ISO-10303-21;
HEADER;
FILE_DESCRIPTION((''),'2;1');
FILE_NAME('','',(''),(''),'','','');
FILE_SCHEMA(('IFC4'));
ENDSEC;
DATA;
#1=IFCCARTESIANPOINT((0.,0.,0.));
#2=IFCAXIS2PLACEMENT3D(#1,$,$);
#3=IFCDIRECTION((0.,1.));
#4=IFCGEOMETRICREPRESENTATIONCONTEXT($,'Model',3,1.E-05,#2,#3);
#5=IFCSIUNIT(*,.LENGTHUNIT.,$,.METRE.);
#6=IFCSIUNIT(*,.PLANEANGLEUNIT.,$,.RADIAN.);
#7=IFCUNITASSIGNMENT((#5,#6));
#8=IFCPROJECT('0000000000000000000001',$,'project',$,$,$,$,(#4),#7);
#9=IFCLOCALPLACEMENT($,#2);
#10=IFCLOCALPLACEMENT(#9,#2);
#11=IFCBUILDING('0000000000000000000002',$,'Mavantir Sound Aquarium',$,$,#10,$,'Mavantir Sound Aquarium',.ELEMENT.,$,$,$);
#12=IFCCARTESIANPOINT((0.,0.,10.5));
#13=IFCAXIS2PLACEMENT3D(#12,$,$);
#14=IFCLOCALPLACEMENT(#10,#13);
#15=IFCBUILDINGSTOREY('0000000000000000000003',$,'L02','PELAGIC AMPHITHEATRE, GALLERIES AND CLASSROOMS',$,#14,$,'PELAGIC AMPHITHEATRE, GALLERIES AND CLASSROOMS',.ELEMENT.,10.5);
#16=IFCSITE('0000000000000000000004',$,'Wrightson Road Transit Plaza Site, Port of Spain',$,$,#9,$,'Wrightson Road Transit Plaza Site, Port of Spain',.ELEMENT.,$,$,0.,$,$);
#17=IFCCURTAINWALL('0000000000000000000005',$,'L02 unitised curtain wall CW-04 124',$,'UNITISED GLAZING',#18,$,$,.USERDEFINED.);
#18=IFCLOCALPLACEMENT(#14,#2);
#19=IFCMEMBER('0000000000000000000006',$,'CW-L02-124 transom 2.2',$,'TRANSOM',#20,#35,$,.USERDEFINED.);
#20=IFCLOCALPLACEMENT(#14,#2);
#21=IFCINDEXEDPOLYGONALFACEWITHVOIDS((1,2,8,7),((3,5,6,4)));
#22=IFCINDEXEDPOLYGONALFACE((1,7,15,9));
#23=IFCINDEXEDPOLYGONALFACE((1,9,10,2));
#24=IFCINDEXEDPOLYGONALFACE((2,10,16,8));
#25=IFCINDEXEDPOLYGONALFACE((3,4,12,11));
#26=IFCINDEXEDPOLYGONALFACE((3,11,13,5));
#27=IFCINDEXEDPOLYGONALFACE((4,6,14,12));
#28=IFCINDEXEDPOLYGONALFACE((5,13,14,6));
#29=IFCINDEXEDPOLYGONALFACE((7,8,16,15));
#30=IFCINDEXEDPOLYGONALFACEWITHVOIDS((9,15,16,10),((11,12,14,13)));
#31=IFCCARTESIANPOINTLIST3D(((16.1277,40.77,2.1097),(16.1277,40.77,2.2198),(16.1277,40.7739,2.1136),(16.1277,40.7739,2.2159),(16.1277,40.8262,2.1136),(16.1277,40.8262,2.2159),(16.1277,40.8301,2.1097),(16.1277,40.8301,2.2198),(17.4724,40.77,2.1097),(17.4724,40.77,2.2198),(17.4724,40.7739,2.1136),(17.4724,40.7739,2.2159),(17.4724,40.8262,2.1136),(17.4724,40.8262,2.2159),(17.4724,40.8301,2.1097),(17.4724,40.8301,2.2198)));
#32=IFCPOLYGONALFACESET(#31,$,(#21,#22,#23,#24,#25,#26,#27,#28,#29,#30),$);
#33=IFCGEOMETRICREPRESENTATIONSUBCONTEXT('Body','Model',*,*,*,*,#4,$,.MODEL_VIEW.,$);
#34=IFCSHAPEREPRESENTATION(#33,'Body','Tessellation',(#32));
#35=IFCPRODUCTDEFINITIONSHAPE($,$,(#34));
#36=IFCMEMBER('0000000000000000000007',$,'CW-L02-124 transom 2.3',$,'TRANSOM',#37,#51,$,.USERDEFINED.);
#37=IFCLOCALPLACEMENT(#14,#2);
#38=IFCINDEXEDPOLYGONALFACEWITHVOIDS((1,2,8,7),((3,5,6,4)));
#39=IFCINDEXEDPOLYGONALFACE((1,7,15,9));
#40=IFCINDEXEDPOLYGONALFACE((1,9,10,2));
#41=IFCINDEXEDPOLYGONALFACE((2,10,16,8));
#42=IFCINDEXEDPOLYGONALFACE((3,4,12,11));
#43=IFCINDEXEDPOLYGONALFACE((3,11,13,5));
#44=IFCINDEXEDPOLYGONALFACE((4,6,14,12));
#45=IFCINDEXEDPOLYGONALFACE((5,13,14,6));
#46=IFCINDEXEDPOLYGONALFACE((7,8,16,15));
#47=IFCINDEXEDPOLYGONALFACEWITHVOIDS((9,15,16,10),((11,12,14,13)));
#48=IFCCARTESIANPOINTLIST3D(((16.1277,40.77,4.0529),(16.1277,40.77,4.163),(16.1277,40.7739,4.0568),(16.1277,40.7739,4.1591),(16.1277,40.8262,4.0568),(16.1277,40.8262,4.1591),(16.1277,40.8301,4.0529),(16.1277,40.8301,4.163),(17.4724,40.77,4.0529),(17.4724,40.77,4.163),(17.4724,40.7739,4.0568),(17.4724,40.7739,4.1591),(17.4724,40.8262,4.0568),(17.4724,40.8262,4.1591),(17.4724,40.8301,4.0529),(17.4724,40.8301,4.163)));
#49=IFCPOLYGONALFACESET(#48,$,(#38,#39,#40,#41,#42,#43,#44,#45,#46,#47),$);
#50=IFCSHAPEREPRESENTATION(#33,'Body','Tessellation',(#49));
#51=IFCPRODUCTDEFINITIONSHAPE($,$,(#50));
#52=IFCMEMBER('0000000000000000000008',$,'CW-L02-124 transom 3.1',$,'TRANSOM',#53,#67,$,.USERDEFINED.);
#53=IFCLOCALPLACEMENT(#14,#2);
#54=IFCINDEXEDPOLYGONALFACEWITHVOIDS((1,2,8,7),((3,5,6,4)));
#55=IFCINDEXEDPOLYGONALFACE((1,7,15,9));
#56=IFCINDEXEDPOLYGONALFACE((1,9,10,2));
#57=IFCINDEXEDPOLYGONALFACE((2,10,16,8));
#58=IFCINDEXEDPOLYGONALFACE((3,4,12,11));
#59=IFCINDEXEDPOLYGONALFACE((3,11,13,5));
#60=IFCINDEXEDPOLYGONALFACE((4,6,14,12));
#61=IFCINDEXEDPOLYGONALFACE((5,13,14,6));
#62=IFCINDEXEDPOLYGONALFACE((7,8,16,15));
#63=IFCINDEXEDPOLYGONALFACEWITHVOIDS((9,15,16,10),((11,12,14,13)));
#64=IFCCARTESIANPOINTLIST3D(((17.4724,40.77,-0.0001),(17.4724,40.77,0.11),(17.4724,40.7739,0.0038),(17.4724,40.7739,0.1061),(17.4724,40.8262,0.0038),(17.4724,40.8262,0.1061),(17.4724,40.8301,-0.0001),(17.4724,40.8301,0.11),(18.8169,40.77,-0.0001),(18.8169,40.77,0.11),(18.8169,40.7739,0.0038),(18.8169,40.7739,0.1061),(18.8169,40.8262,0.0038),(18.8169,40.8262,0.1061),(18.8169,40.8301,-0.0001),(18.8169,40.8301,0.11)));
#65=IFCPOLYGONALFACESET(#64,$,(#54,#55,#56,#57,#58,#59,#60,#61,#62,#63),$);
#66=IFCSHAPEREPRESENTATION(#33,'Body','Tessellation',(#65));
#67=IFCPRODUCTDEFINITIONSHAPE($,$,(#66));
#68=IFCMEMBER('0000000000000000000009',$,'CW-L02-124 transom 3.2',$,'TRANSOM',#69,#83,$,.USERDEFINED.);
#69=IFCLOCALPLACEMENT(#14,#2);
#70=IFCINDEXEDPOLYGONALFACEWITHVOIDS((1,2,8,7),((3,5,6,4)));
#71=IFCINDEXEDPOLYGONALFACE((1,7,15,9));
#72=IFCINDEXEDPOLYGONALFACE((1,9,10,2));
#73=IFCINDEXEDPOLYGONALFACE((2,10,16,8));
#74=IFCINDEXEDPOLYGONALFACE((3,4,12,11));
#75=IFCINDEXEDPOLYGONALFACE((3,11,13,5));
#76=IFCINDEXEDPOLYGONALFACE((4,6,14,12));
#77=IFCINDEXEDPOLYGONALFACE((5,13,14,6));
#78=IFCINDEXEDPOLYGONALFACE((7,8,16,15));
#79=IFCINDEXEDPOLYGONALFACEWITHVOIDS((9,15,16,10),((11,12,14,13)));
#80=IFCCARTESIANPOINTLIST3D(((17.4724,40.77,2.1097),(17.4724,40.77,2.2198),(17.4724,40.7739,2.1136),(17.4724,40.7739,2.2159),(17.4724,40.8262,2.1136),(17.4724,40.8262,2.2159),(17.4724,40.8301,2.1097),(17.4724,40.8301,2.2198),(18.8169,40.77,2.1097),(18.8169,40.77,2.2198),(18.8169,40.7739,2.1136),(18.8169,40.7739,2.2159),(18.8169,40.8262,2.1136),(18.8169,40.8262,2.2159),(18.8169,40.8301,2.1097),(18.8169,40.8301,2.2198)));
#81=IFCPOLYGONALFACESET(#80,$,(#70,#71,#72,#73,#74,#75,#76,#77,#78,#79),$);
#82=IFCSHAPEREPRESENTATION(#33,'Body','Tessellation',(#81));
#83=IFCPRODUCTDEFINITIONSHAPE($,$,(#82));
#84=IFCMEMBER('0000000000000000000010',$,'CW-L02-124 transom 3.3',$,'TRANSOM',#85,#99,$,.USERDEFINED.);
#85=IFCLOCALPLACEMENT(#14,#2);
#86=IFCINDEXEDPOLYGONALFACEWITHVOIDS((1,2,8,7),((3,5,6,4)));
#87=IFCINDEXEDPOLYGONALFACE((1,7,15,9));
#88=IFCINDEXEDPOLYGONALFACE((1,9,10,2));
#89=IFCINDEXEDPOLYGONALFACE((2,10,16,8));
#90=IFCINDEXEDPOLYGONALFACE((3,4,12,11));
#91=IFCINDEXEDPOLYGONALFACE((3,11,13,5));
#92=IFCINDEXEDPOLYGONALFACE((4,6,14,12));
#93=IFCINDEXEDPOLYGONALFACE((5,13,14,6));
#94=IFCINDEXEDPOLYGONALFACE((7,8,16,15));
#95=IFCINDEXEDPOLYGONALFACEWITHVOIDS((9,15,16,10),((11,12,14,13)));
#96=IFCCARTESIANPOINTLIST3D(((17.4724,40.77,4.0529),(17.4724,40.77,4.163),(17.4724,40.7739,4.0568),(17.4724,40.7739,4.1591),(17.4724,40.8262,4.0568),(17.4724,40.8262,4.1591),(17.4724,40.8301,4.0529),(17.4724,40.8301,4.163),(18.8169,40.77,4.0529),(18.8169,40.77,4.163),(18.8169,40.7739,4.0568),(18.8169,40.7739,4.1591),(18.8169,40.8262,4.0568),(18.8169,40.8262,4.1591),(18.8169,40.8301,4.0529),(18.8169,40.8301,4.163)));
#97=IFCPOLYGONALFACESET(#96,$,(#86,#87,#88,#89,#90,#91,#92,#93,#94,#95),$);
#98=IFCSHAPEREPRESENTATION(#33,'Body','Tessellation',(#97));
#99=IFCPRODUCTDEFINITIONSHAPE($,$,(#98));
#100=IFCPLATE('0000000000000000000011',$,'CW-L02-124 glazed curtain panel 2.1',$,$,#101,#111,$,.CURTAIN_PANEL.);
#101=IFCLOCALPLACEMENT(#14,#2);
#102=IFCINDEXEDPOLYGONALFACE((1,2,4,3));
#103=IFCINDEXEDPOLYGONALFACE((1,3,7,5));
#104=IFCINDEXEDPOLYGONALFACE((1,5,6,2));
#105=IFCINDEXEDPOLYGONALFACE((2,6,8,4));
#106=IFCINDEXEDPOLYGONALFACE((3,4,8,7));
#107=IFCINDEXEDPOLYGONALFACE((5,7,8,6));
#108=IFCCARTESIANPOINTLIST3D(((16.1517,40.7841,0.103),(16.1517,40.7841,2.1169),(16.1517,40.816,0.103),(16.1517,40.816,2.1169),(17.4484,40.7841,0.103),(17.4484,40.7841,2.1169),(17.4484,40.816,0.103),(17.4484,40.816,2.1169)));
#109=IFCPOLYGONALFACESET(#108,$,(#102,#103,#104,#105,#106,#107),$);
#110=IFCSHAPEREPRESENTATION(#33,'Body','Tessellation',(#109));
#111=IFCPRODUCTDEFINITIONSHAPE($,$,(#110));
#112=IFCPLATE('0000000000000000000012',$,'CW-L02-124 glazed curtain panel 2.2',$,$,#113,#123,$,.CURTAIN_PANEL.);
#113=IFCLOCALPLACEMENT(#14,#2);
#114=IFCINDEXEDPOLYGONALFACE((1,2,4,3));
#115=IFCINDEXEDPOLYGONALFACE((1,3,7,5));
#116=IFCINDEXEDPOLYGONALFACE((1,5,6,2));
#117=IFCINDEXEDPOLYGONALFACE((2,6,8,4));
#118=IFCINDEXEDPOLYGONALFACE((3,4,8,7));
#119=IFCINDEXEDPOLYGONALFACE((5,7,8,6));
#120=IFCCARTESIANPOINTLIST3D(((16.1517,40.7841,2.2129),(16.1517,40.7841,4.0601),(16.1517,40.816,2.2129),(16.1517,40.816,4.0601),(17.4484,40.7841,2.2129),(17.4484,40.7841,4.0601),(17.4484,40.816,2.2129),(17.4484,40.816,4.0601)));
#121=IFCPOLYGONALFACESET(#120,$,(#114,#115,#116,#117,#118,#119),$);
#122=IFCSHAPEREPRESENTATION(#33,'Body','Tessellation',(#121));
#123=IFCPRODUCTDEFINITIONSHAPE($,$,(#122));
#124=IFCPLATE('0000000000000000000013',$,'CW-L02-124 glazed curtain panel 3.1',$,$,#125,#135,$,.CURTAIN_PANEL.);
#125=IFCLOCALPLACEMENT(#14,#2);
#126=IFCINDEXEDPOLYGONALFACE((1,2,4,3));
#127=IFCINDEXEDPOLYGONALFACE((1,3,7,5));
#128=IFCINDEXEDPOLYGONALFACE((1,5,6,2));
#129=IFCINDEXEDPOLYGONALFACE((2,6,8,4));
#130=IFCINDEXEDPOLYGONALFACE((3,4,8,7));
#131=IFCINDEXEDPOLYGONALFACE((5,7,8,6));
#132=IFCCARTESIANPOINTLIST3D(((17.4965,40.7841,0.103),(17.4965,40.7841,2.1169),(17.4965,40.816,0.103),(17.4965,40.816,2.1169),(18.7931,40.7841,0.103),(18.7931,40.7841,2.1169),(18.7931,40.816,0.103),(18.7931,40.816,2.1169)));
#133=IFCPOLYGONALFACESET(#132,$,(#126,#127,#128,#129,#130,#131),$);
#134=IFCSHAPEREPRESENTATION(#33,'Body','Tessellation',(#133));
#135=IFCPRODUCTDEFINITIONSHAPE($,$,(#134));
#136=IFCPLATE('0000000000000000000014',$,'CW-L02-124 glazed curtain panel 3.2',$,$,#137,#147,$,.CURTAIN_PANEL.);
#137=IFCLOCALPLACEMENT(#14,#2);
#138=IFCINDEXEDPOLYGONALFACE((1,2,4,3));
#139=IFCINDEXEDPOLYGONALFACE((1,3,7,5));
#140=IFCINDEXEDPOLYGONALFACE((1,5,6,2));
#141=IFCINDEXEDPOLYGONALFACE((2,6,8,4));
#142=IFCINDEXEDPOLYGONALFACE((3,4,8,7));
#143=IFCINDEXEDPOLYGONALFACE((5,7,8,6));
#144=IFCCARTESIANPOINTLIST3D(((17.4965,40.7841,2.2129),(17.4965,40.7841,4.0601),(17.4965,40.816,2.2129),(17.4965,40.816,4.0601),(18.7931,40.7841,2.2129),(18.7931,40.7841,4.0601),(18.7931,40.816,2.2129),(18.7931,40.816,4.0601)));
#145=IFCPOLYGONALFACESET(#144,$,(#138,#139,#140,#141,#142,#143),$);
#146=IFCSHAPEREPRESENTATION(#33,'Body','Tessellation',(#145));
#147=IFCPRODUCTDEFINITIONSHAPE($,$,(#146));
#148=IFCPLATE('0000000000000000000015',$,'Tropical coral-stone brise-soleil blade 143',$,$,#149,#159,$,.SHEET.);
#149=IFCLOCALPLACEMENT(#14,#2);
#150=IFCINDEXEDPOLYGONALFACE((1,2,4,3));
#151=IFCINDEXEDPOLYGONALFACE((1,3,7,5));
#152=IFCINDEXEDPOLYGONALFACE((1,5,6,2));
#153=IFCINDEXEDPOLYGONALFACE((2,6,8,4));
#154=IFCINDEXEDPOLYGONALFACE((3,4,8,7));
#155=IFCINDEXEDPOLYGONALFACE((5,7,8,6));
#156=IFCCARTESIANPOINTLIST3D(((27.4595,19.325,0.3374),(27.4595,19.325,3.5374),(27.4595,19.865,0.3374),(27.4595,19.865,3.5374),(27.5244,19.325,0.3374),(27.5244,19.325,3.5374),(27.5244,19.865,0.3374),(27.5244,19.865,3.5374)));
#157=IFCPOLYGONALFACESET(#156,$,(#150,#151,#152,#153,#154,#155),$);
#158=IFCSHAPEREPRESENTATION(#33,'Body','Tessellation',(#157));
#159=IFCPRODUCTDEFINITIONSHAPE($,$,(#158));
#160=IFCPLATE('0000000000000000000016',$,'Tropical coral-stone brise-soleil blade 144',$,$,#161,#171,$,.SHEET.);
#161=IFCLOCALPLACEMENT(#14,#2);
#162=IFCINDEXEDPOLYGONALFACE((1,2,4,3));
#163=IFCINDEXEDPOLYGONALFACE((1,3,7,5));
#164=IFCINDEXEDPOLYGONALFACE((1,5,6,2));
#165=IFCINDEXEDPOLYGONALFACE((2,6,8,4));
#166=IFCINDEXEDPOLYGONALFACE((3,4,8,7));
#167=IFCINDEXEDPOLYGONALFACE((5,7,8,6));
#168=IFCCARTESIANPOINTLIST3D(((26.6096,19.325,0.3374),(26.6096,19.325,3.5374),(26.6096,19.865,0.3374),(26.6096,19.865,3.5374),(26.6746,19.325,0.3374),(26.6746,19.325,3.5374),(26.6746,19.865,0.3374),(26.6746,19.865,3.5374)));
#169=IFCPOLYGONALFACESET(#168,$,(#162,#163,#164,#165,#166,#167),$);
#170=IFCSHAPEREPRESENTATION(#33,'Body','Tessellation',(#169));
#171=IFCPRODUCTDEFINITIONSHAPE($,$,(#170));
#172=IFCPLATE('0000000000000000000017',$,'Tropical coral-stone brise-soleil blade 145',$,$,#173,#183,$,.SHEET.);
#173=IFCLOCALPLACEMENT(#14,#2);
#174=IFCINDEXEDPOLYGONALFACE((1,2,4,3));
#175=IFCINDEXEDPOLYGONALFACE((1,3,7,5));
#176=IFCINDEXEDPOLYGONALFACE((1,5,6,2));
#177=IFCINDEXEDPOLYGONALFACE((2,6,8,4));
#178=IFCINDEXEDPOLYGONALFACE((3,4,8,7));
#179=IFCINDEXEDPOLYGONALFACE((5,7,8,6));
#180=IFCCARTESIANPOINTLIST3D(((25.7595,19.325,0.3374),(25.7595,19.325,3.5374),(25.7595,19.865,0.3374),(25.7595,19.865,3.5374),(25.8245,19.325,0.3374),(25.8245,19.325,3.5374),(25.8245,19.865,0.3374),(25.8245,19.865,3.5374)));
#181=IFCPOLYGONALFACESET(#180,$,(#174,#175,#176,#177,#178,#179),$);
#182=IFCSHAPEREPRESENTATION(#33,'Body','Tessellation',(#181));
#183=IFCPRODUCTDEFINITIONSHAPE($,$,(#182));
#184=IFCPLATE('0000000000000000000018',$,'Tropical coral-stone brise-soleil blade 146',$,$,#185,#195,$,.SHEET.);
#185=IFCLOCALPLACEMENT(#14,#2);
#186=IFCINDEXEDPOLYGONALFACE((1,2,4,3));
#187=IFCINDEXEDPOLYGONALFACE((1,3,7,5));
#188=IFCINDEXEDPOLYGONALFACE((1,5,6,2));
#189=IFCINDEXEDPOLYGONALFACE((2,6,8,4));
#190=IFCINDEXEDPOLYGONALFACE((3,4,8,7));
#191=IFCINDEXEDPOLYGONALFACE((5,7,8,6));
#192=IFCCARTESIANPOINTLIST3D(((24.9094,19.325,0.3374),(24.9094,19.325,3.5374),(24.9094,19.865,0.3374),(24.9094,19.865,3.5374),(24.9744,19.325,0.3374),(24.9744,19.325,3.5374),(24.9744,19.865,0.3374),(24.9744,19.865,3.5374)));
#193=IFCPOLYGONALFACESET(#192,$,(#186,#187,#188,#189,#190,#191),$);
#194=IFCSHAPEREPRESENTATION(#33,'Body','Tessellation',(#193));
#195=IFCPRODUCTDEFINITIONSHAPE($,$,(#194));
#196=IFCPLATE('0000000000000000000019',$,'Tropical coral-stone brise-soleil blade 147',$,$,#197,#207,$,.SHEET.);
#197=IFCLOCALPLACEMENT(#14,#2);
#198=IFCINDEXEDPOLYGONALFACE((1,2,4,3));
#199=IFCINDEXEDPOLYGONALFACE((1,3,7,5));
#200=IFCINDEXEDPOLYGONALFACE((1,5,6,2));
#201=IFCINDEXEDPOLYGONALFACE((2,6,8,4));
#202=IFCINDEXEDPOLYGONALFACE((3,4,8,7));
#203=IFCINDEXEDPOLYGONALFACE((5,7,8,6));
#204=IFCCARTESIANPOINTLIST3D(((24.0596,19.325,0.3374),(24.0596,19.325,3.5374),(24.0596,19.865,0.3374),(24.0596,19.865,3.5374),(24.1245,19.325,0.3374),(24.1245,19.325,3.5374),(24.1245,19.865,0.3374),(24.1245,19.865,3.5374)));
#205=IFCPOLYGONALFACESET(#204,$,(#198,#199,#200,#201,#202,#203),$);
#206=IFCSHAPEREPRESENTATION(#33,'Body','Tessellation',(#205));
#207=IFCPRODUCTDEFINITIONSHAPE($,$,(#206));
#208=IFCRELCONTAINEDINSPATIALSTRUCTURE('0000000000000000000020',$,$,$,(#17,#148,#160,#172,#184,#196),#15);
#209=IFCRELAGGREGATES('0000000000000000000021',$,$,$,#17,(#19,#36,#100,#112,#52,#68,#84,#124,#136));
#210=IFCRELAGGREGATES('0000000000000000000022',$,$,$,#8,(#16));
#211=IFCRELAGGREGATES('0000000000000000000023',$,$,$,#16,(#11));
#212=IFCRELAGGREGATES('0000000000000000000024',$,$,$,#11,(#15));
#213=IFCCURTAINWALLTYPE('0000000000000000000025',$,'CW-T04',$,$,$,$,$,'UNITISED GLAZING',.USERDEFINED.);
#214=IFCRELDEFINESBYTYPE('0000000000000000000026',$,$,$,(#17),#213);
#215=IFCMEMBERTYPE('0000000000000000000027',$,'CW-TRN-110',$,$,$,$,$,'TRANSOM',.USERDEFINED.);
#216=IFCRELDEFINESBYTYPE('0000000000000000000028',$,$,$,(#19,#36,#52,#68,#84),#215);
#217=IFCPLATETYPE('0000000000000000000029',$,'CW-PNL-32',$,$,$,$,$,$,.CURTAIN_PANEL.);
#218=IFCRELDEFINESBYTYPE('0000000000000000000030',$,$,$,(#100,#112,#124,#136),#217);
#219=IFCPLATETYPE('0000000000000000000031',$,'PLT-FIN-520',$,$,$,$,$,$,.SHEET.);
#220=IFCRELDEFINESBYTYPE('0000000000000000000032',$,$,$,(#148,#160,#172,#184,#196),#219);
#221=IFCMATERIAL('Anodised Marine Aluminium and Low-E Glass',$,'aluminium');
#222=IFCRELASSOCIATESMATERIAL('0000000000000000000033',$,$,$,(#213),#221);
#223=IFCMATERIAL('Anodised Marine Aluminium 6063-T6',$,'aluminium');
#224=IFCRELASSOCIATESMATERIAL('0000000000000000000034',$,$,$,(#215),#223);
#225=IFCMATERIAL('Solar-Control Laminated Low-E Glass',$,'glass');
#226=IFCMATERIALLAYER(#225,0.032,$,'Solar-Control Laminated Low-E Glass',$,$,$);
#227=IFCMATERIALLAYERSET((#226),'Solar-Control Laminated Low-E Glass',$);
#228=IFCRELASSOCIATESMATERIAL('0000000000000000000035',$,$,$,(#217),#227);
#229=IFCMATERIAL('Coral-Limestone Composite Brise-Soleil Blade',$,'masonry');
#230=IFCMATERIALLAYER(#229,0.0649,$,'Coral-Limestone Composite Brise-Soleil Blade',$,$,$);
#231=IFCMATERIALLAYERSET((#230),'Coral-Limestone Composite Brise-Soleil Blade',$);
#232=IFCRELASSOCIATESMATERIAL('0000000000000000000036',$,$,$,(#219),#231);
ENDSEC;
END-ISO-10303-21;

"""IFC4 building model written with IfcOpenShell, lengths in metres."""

from ifc_helpers import new_model, si_unit, direction, frame, origin, origin_2d, place, context, subcontext, project, spatial, rectangle, hollow_rectangle, extrude, material, layer, layer_set, material_profile, profile_set, type_object, element, aggregate, save


model = new_model("IFC4")

# Units and contexts
model_context = context("Model", 3, precision=1e-05, world=origin(), true_north=direction((0.0, 1.0)))
body_context = subcontext(model_context, "Body", "Model", "MODEL_VIEW")
ifc_project = project(units=[si_unit("LENGTHUNIT", "METRE"), si_unit("PLANEANGLEUNIT", "RADIAN")], contexts=[model_context])

# Site, building, storey
site_placement = place(None, origin())
site = spatial("IfcSite", under=ifc_project, at=site_placement, Name="Wrightson Road Transit Plaza Site, Port of Spain", LongName="Wrightson Road Transit Plaza Site, Port of Spain", CompositionType="ELEMENT", RefElevation=0.0)
building_placement = place(site_placement, origin())
building = spatial("IfcBuilding", under=site, at=building_placement, Name="Mavantir Sound Aquarium", LongName="Mavantir Sound Aquarium", CompositionType="ELEMENT")
storey_placement = place(building_placement, frame((0.0, 0.0, 10.5)))
storey = spatial("IfcBuildingStorey", under=building, at=storey_placement, Name="L02", Description="PELAGIC AMPHITHEATRE, GALLERIES AND CLASSROOMS", LongName="PELAGIC AMPHITHEATRE, GALLERIES AND CLASSROOMS", CompositionType="ELEMENT", Elevation=10.5)

# Curtain wall, members, plates
ifc_material_1 = material(Name="Anodised Marine Aluminium and Low-E Glass", Category="aluminium")
curtain_wall_type = type_object("IfcCurtainWallType", Name="CW-T04", ElementType="UNITISED GLAZING", PredefinedType="USERDEFINED", material=ifc_material_1)
curtain_wall_placement = place(storey_placement, origin())
curtain_wall = element("IfcCurtainWall", 1, at=curtain_wall_placement, inside=storey, type_object=curtain_wall_type, Name="L02 unitised curtain wall CW-04 124", ObjectType="UNITISED GLAZING", PredefinedType="USERDEFINED")
ifc_material_2 = material(Name="Anodised Marine Aluminium 6063-T6", Category="aluminium")
ifc_material_profile_1 = material_profile(ifc_material_2, hollow_rectangle(XDim=0.0601, YDim=0.1101, WallThickness=0.0039, at=origin_2d()), Name="ALU-TRANSOM-110X60")
ifc_profile_set_1 = profile_set([ifc_material_profile_1], Name="Anodised Marine Aluminium 6063-T6")
member_type_1 = type_object("IfcMemberType", Name="CW-TRN-110", ElementType="TRANSOM", PredefinedType="USERDEFINED", material=ifc_profile_set_1)
member_1_placement = place(storey_placement, frame((16.1277, 40.8, 2.1648), z_axis=(1.0, 0.0, 0.0), x_axis=(0.0, 1.0, 0.0)))
member_1 = element("IfcMember", 2, at=member_1_placement, type_object=member_type_1, Name="CW-L02-124 transom 2.2", ObjectType="TRANSOM", PredefinedType="USERDEFINED", context=body_context, shape_type="SweptSolid", body=[
    extrude(hollow_rectangle(XDim=0.0601, YDim=0.1101, WallThickness=0.0039, at=origin_2d()), origin(), (0.0, 0.0, 1.0), 1.3447),
])
member_2_placement = place(storey_placement, frame((16.1277, 40.8, 4.1079), z_axis=(1.0, 0.0, 0.0), x_axis=(0.0, 1.0, 0.0)))
member_2 = element("IfcMember", 3, at=member_2_placement, type_object=member_type_1, Name="CW-L02-124 transom 2.3", ObjectType="TRANSOM", PredefinedType="USERDEFINED", context=body_context, shape_type="SweptSolid", body=[
    extrude(hollow_rectangle(XDim=0.0601, YDim=0.1101, WallThickness=0.0039, at=origin_2d()), origin(), (0.0, 0.0, 1.0), 1.3447),
])
member_3_placement = place(storey_placement, frame((17.4724, 40.8, 0.0549), z_axis=(1.0, 0.0, 0.0), x_axis=(0.0, 1.0, 0.0)))
member_3 = element("IfcMember", 4, at=member_3_placement, type_object=member_type_1, Name="CW-L02-124 transom 3.1", ObjectType="TRANSOM", PredefinedType="USERDEFINED", context=body_context, shape_type="SweptSolid", body=[
    extrude(hollow_rectangle(XDim=0.0601, YDim=0.1101, WallThickness=0.0039, at=origin_2d()), origin(), (0.0, 0.0, 1.0), 1.3445),
])
member_4_placement = place(storey_placement, frame((17.4724, 40.8, 2.1648), z_axis=(1.0, 0.0, 0.0), x_axis=(0.0, 1.0, 0.0)))
member_4 = element("IfcMember", 5, at=member_4_placement, type_object=member_type_1, Name="CW-L02-124 transom 3.2", ObjectType="TRANSOM", PredefinedType="USERDEFINED", context=body_context, shape_type="SweptSolid", body=[
    extrude(hollow_rectangle(XDim=0.0601, YDim=0.1101, WallThickness=0.0039, at=origin_2d()), origin(), (0.0, 0.0, 1.0), 1.3445),
])
member_5_placement = place(storey_placement, frame((17.4724, 40.8, 4.1079), z_axis=(1.0, 0.0, 0.0), x_axis=(0.0, 1.0, 0.0)))
member_5 = element("IfcMember", 6, at=member_5_placement, type_object=member_type_1, Name="CW-L02-124 transom 3.3", ObjectType="TRANSOM", PredefinedType="USERDEFINED", context=body_context, shape_type="SweptSolid", body=[
    extrude(hollow_rectangle(XDim=0.0601, YDim=0.1101, WallThickness=0.0039, at=origin_2d()), origin(), (0.0, 0.0, 1.0), 1.3445),
])
ifc_material_3 = material(Name="Solar-Control Laminated Low-E Glass", Category="glass")
ifc_layer_1 = layer(ifc_material_3, 0.032, Name="Solar-Control Laminated Low-E Glass")
ifc_layer_set_1 = layer_set([ifc_layer_1], Name="Solar-Control Laminated Low-E Glass")
plate_type_1 = type_object("IfcPlateType", Name="CW-PNL-32", PredefinedType="CURTAIN_PANEL", material=ifc_layer_set_1)
plate_1_placement = place(storey_placement, frame((16.8, 40.8, 0.103), z_axis=(0.0, 0.0, 1.0), x_axis=(1.0, 0.0, 0.0)))
plate_1 = element("IfcPlate", 7, at=plate_1_placement, type_object=plate_type_1, Name="CW-L02-124 glazed curtain panel 2.1", PredefinedType="CURTAIN_PANEL", context=body_context, shape_type="SweptSolid", body=[
    extrude(rectangle(XDim=1.2966, YDim=0.032, at=origin_2d()), origin(), (0.0, 0.0, 1.0), 2.0139),
])
plate_2_placement = place(storey_placement, frame((16.8, 40.8, 2.2129), z_axis=(0.0, 0.0, 1.0), x_axis=(1.0, 0.0, 0.0)))
plate_2 = element("IfcPlate", 8, at=plate_2_placement, type_object=plate_type_1, Name="CW-L02-124 glazed curtain panel 2.2", PredefinedType="CURTAIN_PANEL", context=body_context, shape_type="SweptSolid", body=[
    extrude(rectangle(XDim=1.2966, YDim=0.032, at=origin_2d()), origin(), (0.0, 0.0, 1.0), 1.8472),
])
plate_3_placement = place(storey_placement, frame((18.1448, 40.8, 0.103), z_axis=(0.0, 0.0, 1.0), x_axis=(1.0, 0.0, 0.0)))
plate_3 = element("IfcPlate", 9, at=plate_3_placement, type_object=plate_type_1, Name="CW-L02-124 glazed curtain panel 3.1", PredefinedType="CURTAIN_PANEL", context=body_context, shape_type="SweptSolid", body=[
    extrude(rectangle(XDim=1.2966, YDim=0.032, at=origin_2d()), origin(), (0.0, 0.0, 1.0), 2.0139),
])
plate_4_placement = place(storey_placement, frame((18.1448, 40.8, 2.2129), z_axis=(0.0, 0.0, 1.0), x_axis=(1.0, 0.0, 0.0)))
plate_4 = element("IfcPlate", 10, at=plate_4_placement, type_object=plate_type_1, Name="CW-L02-124 glazed curtain panel 3.2", PredefinedType="CURTAIN_PANEL", context=body_context, shape_type="SweptSolid", body=[
    extrude(rectangle(XDim=1.2966, YDim=0.032, at=origin_2d()), origin(), (0.0, 0.0, 1.0), 1.8472),
])
aggregate(curtain_wall, [member_1, member_2, plate_1, plate_2, member_3, member_4, member_5, plate_3, plate_4])

# Plates
ifc_material_4 = material(Name="Coral-Limestone Composite Brise-Soleil Blade", Category="masonry")
ifc_layer_2 = layer(ifc_material_4, 0.0649, Name="Coral-Limestone Composite Brise-Soleil Blade")
ifc_layer_set_2 = layer_set([ifc_layer_2], Name="Coral-Limestone Composite Brise-Soleil Blade")
plate_type_2 = type_object("IfcPlateType", Name="PLT-FIN-520", PredefinedType="SHEET", material=ifc_layer_set_2)
for number, where, z_axis, x_axis, name in (
    (11, (27.4919, 19.595, 0.3374), (0.0, 0.0, 1.0), (1.0, 0.0, 0.0), "Tropical coral-stone brise-soleil blade 143"),
    (12, (26.6421, 19.595, 0.3374), (0.0, 0.0, 1.0), (1.0, 0.0, 0.0), "Tropical coral-stone brise-soleil blade 144"),
    (13, (25.792, 19.595, 0.3374), (0.0, 0.0, 1.0), (1.0, 0.0, 0.0), "Tropical coral-stone brise-soleil blade 145"),
    (14, (24.9419, 19.595, 0.3374), (0.0, 0.0, 1.0), (1.0, 0.0, 0.0), "Tropical coral-stone brise-soleil blade 146"),
    (15, (24.092, 19.595, 0.3374), (0.0, 0.0, 1.0), (1.0, 0.0, 0.0), "Tropical coral-stone brise-soleil blade 147"),
):
    element("IfcPlate", number, at=place(storey_placement, frame(where, z_axis=z_axis, x_axis=x_axis)), inside=storey, type_object=plate_type_2, Name=name, PredefinedType="SHEET", context=body_context, shape_type="SweptSolid", body=[
        extrude(rectangle(XDim=0.0649, YDim=0.54, at=origin_2d()), origin(), (0.0, 0.0, 1.0), 3.2),
    ])

save(model, "model.ifc")
